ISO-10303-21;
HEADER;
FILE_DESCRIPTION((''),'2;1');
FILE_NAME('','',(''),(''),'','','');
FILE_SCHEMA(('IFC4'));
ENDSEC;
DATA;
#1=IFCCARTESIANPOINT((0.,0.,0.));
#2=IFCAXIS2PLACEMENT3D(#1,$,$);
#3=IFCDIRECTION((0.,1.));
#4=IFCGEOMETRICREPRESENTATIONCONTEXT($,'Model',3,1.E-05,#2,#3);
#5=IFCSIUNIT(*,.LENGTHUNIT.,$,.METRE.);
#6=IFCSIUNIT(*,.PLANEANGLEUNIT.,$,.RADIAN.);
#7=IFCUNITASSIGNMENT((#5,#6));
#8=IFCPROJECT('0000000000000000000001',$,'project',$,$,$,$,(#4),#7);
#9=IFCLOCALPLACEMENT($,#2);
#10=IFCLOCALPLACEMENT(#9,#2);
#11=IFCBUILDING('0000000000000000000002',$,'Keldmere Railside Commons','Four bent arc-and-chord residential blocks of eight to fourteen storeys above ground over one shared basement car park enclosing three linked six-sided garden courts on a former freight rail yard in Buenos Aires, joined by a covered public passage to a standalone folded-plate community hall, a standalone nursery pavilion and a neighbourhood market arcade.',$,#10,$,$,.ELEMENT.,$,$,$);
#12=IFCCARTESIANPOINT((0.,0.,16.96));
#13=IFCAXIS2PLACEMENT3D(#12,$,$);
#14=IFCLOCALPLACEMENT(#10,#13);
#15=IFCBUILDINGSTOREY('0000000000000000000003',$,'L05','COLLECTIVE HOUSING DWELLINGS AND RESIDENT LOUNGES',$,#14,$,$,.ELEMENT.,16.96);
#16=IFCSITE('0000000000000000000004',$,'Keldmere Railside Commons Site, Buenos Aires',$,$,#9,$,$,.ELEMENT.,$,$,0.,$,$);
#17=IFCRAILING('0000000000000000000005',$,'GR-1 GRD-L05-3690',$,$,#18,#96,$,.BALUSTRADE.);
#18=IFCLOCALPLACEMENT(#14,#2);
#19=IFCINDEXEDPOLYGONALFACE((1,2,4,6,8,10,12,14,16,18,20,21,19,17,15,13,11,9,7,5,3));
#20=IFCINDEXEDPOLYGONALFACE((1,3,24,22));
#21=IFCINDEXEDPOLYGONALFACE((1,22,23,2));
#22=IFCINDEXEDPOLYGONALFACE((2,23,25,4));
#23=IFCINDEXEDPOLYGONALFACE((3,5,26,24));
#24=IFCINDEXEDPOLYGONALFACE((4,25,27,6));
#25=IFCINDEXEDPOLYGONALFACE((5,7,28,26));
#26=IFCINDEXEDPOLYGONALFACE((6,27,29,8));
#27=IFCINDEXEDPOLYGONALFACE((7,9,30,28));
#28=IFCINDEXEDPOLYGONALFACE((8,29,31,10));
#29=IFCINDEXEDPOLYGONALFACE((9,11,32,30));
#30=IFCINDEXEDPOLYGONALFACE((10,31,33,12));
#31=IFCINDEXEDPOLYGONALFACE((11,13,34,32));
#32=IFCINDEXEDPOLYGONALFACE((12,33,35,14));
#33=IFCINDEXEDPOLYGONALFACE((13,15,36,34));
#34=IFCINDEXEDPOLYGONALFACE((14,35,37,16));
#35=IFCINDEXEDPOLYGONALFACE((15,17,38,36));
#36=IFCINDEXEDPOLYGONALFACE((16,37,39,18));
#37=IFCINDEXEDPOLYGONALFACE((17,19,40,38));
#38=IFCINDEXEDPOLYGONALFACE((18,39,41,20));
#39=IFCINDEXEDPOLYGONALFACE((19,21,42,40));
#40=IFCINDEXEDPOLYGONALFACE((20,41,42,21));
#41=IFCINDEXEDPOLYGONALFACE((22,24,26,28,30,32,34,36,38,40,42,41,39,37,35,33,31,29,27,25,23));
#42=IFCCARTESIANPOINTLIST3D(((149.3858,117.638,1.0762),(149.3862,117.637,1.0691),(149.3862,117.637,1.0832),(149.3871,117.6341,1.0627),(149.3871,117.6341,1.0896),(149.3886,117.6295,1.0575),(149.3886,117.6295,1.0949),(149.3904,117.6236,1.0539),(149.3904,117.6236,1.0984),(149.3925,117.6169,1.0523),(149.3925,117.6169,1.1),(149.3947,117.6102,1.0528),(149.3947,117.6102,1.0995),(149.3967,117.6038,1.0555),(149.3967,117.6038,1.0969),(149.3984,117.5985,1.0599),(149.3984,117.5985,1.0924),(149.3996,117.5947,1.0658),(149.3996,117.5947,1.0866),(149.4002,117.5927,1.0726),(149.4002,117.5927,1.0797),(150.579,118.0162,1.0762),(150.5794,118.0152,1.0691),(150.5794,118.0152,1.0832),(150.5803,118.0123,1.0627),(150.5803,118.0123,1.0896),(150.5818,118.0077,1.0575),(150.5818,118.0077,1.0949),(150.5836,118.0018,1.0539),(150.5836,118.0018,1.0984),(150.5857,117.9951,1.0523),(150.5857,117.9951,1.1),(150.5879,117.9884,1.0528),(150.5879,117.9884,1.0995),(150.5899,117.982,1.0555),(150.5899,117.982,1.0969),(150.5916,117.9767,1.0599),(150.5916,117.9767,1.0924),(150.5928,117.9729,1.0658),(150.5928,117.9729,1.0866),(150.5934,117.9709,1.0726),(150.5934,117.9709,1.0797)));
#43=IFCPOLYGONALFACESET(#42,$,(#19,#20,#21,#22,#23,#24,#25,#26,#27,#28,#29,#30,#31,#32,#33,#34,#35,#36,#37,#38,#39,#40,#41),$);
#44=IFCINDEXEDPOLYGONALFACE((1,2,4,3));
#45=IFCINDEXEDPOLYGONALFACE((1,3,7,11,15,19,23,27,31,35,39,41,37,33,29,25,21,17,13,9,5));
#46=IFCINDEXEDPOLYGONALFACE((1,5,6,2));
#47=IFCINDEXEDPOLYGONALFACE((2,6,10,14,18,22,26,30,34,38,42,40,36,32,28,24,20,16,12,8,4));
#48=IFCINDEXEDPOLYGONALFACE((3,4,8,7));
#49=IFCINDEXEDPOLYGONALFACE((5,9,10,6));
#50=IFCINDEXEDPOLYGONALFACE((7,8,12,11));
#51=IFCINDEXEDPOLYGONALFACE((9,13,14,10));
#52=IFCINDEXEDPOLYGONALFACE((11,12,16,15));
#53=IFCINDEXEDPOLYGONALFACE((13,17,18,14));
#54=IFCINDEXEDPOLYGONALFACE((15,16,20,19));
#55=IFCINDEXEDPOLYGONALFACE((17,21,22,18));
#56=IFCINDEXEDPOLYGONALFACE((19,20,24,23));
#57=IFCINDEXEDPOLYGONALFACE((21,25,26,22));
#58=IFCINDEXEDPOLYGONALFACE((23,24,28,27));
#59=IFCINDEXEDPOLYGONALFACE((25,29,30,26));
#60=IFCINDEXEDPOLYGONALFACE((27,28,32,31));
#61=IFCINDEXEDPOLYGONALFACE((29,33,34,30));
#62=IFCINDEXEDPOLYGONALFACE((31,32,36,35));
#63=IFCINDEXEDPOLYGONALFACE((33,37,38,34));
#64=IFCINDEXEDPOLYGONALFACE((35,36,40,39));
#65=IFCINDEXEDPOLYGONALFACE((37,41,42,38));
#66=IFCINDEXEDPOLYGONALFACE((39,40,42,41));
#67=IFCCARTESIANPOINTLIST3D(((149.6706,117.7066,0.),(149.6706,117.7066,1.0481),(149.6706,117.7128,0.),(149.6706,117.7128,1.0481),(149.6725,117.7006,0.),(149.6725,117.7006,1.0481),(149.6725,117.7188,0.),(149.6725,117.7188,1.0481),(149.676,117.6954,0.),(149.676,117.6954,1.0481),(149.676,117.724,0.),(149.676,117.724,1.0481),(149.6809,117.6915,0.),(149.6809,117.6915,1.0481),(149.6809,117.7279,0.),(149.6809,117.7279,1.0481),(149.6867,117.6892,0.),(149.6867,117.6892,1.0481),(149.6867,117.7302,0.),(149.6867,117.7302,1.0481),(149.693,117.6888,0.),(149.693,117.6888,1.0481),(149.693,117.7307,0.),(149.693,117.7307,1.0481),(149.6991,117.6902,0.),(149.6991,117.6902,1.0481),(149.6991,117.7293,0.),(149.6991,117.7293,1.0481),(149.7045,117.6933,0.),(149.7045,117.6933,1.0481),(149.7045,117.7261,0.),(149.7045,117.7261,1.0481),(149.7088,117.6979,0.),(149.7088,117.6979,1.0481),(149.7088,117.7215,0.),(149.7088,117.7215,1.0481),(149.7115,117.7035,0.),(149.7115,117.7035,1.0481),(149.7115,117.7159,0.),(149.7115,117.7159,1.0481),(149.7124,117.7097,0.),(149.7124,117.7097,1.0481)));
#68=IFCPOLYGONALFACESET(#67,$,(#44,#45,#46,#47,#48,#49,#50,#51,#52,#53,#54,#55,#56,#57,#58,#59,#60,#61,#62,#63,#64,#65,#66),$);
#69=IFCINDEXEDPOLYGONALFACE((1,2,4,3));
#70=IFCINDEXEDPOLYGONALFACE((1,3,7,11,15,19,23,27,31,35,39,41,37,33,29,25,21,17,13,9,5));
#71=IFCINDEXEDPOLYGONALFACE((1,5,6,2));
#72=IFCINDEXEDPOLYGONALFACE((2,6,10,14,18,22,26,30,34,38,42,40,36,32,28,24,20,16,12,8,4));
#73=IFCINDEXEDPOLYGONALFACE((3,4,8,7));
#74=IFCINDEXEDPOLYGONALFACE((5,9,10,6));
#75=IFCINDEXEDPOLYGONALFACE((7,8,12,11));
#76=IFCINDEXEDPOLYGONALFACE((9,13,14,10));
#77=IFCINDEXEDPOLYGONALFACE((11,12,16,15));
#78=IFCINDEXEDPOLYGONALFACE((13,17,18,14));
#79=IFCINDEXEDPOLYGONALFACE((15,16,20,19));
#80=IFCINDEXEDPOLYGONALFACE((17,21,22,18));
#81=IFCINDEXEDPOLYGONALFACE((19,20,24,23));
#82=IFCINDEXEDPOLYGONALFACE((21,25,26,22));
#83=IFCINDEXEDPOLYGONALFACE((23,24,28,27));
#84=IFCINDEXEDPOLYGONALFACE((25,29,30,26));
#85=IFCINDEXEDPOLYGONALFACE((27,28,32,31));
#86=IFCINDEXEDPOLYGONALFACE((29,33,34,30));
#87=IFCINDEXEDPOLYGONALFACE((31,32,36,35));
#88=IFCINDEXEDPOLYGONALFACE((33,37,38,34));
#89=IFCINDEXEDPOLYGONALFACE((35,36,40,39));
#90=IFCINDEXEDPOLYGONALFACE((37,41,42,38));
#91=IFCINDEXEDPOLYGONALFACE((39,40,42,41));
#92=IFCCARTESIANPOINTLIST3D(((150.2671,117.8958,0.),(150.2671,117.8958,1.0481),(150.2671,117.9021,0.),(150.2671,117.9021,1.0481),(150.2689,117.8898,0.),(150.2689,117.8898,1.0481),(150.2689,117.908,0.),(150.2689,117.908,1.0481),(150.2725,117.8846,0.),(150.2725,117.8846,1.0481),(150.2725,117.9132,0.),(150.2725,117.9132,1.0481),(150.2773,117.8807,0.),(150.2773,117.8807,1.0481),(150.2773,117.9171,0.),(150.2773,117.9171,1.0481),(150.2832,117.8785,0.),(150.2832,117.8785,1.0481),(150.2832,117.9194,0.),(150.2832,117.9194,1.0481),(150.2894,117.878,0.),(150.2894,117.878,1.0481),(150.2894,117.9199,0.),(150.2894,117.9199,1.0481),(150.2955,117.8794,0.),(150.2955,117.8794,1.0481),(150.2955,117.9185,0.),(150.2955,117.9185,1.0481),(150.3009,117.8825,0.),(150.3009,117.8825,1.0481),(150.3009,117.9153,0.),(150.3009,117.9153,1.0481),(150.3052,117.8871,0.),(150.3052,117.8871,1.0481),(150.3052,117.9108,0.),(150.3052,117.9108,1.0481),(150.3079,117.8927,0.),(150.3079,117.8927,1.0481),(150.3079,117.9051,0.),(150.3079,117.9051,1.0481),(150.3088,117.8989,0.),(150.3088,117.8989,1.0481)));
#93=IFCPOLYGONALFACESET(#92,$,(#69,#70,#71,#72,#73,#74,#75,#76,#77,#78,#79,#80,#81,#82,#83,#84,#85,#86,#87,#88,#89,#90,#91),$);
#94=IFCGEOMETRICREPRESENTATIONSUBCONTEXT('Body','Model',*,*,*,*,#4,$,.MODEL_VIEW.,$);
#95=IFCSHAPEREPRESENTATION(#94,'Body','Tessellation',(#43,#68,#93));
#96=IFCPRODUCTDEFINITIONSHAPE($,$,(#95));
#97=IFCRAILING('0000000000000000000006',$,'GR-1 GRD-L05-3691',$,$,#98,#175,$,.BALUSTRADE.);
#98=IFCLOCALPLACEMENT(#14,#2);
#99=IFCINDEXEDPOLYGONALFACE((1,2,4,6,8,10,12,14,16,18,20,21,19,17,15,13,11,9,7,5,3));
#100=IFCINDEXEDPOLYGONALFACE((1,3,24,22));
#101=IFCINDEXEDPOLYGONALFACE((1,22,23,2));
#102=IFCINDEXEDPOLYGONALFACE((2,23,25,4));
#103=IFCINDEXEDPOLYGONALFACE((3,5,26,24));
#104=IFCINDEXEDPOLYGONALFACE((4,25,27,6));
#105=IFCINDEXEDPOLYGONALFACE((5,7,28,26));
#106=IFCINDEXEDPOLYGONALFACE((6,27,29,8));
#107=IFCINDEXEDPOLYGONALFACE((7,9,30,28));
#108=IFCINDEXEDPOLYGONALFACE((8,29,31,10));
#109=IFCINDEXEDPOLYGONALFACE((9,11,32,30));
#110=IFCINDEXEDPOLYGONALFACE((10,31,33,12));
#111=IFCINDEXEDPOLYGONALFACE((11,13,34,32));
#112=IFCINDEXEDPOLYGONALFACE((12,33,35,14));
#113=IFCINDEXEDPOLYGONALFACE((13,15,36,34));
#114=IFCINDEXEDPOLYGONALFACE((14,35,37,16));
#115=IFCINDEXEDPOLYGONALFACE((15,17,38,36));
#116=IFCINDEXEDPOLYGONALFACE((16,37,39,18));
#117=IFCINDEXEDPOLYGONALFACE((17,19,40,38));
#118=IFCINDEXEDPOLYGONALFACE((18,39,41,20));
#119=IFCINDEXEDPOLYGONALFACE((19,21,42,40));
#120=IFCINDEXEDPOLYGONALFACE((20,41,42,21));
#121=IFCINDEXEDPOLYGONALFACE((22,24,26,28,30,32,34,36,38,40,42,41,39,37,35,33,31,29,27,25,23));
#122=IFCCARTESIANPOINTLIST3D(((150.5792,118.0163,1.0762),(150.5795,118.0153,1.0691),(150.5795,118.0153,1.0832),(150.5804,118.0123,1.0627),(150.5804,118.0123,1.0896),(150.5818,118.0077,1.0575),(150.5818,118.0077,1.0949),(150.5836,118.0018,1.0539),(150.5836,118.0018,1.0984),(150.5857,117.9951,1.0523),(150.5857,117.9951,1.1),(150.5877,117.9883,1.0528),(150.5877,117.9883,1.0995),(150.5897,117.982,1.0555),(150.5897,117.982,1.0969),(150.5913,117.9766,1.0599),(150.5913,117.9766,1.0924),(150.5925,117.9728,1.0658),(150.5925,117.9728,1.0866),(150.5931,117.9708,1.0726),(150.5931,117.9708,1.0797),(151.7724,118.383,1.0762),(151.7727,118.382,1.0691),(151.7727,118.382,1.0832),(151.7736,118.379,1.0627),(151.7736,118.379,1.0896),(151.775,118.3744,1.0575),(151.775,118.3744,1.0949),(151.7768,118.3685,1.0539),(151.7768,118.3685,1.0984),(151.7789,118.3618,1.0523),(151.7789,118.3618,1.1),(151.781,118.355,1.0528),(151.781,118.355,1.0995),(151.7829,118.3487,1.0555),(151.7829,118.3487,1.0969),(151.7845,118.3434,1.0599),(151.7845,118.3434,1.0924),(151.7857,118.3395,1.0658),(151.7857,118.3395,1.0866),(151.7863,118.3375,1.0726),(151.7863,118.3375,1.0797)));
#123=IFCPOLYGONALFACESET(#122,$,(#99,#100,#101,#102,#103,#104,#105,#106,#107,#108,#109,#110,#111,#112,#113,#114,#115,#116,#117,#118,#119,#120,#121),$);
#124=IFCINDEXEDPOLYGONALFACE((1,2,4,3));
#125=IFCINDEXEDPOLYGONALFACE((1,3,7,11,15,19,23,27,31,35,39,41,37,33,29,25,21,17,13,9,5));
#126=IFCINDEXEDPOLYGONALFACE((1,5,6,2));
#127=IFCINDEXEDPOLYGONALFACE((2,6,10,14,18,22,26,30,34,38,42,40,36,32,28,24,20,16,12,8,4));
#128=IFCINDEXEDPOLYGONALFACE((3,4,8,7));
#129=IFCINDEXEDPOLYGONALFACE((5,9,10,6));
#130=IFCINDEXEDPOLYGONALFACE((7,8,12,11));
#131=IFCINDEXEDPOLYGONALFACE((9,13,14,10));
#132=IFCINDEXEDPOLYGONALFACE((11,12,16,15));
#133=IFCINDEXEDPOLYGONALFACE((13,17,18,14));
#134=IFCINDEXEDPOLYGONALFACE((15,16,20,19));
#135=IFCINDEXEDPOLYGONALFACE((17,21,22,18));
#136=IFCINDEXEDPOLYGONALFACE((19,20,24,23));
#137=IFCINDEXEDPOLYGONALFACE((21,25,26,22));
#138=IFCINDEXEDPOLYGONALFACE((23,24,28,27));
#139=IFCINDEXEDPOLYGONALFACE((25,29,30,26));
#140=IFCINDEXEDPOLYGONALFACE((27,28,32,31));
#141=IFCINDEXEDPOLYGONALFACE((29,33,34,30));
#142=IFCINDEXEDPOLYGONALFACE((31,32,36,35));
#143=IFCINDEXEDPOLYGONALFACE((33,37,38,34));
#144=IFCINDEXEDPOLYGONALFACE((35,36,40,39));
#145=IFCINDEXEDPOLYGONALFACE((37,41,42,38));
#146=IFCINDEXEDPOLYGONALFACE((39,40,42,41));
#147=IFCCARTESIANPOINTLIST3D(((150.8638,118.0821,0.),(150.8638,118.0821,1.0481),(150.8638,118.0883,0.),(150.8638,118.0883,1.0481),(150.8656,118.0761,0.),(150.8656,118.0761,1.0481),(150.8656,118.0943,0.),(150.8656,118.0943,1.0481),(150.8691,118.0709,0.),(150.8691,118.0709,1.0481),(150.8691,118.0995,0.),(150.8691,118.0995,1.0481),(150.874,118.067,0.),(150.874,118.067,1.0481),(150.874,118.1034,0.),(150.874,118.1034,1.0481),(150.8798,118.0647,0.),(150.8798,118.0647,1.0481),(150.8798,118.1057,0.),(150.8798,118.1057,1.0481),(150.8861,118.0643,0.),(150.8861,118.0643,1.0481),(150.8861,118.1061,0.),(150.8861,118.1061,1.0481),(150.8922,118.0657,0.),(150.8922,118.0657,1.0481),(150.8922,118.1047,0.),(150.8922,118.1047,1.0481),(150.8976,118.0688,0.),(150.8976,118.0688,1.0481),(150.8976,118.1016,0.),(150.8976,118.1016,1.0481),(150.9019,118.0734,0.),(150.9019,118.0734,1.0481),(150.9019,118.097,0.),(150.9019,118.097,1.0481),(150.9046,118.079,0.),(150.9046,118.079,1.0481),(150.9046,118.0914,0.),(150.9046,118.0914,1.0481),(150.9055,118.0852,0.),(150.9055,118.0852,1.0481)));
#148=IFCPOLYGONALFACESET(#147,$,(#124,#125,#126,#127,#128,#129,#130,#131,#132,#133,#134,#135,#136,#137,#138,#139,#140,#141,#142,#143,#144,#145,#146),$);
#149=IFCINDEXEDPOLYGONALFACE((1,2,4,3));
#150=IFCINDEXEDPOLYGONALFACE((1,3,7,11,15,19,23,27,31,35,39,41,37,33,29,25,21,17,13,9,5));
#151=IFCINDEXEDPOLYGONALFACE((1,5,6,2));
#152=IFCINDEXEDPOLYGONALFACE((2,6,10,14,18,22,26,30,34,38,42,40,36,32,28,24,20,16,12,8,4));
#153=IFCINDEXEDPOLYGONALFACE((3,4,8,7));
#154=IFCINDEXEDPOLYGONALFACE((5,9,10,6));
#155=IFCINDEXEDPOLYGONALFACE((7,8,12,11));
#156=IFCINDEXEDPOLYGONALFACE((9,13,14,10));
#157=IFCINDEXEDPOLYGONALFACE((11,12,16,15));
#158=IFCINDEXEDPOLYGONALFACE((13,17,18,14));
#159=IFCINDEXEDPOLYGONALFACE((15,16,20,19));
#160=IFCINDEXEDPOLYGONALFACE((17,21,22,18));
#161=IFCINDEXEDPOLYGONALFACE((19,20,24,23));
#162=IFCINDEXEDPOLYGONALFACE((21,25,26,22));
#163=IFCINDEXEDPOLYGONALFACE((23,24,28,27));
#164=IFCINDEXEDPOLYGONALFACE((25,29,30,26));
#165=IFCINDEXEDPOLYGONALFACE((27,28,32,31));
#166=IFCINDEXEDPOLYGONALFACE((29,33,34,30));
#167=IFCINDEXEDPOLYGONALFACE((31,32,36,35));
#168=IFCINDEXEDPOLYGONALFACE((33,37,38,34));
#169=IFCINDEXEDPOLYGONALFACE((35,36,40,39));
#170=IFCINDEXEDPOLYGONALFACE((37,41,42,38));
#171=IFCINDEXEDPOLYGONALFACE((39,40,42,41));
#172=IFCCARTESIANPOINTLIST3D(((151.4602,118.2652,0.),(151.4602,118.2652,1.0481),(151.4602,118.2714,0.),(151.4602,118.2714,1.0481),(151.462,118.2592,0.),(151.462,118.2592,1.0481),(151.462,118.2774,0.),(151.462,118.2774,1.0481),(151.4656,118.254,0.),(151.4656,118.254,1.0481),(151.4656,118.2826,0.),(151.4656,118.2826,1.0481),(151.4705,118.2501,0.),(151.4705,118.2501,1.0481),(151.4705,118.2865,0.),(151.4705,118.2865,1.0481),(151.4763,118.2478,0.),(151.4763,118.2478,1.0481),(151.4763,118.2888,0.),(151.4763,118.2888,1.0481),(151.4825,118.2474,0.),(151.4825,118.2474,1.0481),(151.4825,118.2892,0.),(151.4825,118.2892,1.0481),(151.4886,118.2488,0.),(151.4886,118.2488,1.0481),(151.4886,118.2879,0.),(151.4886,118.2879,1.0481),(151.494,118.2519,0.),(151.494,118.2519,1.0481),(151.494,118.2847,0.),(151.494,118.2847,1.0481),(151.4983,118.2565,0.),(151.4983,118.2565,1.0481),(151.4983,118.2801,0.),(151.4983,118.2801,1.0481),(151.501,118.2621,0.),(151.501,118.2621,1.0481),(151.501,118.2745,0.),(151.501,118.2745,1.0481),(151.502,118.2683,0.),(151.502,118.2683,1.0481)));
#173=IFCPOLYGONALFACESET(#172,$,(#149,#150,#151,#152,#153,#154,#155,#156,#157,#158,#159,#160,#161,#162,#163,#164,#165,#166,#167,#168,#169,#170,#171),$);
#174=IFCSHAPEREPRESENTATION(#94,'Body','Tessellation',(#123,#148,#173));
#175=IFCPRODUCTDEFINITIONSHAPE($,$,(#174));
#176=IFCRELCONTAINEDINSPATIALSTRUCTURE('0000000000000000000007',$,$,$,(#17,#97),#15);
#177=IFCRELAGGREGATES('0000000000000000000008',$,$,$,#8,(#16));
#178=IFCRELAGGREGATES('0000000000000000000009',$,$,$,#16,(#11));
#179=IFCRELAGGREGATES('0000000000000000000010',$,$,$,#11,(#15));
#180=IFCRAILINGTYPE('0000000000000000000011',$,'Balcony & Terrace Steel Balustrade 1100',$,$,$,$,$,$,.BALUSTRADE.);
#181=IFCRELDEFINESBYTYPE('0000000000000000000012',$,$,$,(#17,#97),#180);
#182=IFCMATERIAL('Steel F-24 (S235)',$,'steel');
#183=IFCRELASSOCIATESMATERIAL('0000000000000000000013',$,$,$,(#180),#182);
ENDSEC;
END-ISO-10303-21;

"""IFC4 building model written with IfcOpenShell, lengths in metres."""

from ifc_helpers import new_model, si_unit, direction, frame, origin, origin_2d, place, context, subcontext, project, spatial, circle, extrude, material, type_object, element, save


model = new_model("IFC4")

# Units and contexts
model_context = context("Model", 3, precision=1e-05, world=origin(), true_north=direction((0.0, 1.0)))
body_context = subcontext(model_context, "Body", "Model", "MODEL_VIEW")
ifc_project = project(units=[si_unit("LENGTHUNIT", "METRE"), si_unit("PLANEANGLEUNIT", "RADIAN")], contexts=[model_context])

# Site, building, storey
site_placement = place(None, origin())
site = spatial("IfcSite", under=ifc_project, at=site_placement, Name="Keldmere Railside Commons Site, Buenos Aires", CompositionType="ELEMENT", RefElevation=0.0)
building_placement = place(site_placement, origin())
building = spatial("IfcBuilding", under=site, at=building_placement, Name="Keldmere Railside Commons", Description="Four bent arc-and-chord residential blocks of eight to fourteen storeys above ground over one shared basement car park enclosing three linked six-sided garden courts on a former freight rail yard in Buenos Aires, joined by a covered public passage to a standalone folded-plate community hall, a standalone nursery pavilion and a neighbourhood market arcade.", CompositionType="ELEMENT")
storey_placement = place(building_placement, frame((0.0, 0.0, 16.96)))
storey = spatial("IfcBuildingStorey", under=building, at=storey_placement, Name="L05", Description="COLLECTIVE HOUSING DWELLINGS AND RESIDENT LOUNGES", CompositionType="ELEMENT", Elevation=16.96)

# Railings
ifc_material_1 = material(Name="Steel F-24 (S235)", Category="steel")
railing_type = type_object("IfcRailingType", Name="Balcony & Terrace Steel Balustrade 1100", PredefinedType="BALUSTRADE", material=ifc_material_1)
railing_1_placement = place(storey_placement, frame((149.3931, 117.6152, 0.0)))
element("IfcRailing", 1, at=railing_1_placement, inside=storey, type_object=railing_type, Name="GR-1 GRD-L05-3690", PredefinedType="BALUSTRADE", context=body_context, shape_type="SweptSolid", body=[
    extrude(circle(Radius=0.0239, at=origin_2d()), frame((0.0, 0.0, 1.0762), z_axis=(0.953261, 0.302149, 0.0), x_axis=(-0.302149, 0.953261, 0.0)), (0.0, 0.0, 1.0), 1.2517),
    extrude(circle(Radius=0.021, at=origin_2d()), frame((0.2983, 0.0945, 0.0)), (0.0, 0.0, 1.0), 1.0481),
    extrude(circle(Radius=0.021, at=origin_2d()), frame((0.8948, 0.2837, 0.0)), (0.0, 0.0, 1.0), 1.0481),
])
railing_2_placement = place(storey_placement, frame((150.5862, 117.9934, 0.0)))
element("IfcRailing", 2, at=railing_2_placement, inside=storey, type_object=railing_type, Name="GR-1 GRD-L05-3691", PredefinedType="BALUSTRADE", context=body_context, shape_type="SweptSolid", body=[
    extrude(circle(Radius=0.0239, at=origin_2d()), frame((0.0, 0.0, 1.0762), z_axis=(0.955872, 0.293783, 0.0), x_axis=(-0.293783, 0.955872, 0.0)), (0.0, 0.0, 1.0), 1.2483),
    extrude(circle(Radius=0.021, at=origin_2d()), frame((0.2983, 0.0918, 0.0)), (0.0, 0.0, 1.0), 1.0481),
    extrude(circle(Radius=0.021, at=origin_2d()), frame((0.8948, 0.2749, 0.0)), (0.0, 0.0, 1.0), 1.0481),
])

save(model, "model.ifc")
